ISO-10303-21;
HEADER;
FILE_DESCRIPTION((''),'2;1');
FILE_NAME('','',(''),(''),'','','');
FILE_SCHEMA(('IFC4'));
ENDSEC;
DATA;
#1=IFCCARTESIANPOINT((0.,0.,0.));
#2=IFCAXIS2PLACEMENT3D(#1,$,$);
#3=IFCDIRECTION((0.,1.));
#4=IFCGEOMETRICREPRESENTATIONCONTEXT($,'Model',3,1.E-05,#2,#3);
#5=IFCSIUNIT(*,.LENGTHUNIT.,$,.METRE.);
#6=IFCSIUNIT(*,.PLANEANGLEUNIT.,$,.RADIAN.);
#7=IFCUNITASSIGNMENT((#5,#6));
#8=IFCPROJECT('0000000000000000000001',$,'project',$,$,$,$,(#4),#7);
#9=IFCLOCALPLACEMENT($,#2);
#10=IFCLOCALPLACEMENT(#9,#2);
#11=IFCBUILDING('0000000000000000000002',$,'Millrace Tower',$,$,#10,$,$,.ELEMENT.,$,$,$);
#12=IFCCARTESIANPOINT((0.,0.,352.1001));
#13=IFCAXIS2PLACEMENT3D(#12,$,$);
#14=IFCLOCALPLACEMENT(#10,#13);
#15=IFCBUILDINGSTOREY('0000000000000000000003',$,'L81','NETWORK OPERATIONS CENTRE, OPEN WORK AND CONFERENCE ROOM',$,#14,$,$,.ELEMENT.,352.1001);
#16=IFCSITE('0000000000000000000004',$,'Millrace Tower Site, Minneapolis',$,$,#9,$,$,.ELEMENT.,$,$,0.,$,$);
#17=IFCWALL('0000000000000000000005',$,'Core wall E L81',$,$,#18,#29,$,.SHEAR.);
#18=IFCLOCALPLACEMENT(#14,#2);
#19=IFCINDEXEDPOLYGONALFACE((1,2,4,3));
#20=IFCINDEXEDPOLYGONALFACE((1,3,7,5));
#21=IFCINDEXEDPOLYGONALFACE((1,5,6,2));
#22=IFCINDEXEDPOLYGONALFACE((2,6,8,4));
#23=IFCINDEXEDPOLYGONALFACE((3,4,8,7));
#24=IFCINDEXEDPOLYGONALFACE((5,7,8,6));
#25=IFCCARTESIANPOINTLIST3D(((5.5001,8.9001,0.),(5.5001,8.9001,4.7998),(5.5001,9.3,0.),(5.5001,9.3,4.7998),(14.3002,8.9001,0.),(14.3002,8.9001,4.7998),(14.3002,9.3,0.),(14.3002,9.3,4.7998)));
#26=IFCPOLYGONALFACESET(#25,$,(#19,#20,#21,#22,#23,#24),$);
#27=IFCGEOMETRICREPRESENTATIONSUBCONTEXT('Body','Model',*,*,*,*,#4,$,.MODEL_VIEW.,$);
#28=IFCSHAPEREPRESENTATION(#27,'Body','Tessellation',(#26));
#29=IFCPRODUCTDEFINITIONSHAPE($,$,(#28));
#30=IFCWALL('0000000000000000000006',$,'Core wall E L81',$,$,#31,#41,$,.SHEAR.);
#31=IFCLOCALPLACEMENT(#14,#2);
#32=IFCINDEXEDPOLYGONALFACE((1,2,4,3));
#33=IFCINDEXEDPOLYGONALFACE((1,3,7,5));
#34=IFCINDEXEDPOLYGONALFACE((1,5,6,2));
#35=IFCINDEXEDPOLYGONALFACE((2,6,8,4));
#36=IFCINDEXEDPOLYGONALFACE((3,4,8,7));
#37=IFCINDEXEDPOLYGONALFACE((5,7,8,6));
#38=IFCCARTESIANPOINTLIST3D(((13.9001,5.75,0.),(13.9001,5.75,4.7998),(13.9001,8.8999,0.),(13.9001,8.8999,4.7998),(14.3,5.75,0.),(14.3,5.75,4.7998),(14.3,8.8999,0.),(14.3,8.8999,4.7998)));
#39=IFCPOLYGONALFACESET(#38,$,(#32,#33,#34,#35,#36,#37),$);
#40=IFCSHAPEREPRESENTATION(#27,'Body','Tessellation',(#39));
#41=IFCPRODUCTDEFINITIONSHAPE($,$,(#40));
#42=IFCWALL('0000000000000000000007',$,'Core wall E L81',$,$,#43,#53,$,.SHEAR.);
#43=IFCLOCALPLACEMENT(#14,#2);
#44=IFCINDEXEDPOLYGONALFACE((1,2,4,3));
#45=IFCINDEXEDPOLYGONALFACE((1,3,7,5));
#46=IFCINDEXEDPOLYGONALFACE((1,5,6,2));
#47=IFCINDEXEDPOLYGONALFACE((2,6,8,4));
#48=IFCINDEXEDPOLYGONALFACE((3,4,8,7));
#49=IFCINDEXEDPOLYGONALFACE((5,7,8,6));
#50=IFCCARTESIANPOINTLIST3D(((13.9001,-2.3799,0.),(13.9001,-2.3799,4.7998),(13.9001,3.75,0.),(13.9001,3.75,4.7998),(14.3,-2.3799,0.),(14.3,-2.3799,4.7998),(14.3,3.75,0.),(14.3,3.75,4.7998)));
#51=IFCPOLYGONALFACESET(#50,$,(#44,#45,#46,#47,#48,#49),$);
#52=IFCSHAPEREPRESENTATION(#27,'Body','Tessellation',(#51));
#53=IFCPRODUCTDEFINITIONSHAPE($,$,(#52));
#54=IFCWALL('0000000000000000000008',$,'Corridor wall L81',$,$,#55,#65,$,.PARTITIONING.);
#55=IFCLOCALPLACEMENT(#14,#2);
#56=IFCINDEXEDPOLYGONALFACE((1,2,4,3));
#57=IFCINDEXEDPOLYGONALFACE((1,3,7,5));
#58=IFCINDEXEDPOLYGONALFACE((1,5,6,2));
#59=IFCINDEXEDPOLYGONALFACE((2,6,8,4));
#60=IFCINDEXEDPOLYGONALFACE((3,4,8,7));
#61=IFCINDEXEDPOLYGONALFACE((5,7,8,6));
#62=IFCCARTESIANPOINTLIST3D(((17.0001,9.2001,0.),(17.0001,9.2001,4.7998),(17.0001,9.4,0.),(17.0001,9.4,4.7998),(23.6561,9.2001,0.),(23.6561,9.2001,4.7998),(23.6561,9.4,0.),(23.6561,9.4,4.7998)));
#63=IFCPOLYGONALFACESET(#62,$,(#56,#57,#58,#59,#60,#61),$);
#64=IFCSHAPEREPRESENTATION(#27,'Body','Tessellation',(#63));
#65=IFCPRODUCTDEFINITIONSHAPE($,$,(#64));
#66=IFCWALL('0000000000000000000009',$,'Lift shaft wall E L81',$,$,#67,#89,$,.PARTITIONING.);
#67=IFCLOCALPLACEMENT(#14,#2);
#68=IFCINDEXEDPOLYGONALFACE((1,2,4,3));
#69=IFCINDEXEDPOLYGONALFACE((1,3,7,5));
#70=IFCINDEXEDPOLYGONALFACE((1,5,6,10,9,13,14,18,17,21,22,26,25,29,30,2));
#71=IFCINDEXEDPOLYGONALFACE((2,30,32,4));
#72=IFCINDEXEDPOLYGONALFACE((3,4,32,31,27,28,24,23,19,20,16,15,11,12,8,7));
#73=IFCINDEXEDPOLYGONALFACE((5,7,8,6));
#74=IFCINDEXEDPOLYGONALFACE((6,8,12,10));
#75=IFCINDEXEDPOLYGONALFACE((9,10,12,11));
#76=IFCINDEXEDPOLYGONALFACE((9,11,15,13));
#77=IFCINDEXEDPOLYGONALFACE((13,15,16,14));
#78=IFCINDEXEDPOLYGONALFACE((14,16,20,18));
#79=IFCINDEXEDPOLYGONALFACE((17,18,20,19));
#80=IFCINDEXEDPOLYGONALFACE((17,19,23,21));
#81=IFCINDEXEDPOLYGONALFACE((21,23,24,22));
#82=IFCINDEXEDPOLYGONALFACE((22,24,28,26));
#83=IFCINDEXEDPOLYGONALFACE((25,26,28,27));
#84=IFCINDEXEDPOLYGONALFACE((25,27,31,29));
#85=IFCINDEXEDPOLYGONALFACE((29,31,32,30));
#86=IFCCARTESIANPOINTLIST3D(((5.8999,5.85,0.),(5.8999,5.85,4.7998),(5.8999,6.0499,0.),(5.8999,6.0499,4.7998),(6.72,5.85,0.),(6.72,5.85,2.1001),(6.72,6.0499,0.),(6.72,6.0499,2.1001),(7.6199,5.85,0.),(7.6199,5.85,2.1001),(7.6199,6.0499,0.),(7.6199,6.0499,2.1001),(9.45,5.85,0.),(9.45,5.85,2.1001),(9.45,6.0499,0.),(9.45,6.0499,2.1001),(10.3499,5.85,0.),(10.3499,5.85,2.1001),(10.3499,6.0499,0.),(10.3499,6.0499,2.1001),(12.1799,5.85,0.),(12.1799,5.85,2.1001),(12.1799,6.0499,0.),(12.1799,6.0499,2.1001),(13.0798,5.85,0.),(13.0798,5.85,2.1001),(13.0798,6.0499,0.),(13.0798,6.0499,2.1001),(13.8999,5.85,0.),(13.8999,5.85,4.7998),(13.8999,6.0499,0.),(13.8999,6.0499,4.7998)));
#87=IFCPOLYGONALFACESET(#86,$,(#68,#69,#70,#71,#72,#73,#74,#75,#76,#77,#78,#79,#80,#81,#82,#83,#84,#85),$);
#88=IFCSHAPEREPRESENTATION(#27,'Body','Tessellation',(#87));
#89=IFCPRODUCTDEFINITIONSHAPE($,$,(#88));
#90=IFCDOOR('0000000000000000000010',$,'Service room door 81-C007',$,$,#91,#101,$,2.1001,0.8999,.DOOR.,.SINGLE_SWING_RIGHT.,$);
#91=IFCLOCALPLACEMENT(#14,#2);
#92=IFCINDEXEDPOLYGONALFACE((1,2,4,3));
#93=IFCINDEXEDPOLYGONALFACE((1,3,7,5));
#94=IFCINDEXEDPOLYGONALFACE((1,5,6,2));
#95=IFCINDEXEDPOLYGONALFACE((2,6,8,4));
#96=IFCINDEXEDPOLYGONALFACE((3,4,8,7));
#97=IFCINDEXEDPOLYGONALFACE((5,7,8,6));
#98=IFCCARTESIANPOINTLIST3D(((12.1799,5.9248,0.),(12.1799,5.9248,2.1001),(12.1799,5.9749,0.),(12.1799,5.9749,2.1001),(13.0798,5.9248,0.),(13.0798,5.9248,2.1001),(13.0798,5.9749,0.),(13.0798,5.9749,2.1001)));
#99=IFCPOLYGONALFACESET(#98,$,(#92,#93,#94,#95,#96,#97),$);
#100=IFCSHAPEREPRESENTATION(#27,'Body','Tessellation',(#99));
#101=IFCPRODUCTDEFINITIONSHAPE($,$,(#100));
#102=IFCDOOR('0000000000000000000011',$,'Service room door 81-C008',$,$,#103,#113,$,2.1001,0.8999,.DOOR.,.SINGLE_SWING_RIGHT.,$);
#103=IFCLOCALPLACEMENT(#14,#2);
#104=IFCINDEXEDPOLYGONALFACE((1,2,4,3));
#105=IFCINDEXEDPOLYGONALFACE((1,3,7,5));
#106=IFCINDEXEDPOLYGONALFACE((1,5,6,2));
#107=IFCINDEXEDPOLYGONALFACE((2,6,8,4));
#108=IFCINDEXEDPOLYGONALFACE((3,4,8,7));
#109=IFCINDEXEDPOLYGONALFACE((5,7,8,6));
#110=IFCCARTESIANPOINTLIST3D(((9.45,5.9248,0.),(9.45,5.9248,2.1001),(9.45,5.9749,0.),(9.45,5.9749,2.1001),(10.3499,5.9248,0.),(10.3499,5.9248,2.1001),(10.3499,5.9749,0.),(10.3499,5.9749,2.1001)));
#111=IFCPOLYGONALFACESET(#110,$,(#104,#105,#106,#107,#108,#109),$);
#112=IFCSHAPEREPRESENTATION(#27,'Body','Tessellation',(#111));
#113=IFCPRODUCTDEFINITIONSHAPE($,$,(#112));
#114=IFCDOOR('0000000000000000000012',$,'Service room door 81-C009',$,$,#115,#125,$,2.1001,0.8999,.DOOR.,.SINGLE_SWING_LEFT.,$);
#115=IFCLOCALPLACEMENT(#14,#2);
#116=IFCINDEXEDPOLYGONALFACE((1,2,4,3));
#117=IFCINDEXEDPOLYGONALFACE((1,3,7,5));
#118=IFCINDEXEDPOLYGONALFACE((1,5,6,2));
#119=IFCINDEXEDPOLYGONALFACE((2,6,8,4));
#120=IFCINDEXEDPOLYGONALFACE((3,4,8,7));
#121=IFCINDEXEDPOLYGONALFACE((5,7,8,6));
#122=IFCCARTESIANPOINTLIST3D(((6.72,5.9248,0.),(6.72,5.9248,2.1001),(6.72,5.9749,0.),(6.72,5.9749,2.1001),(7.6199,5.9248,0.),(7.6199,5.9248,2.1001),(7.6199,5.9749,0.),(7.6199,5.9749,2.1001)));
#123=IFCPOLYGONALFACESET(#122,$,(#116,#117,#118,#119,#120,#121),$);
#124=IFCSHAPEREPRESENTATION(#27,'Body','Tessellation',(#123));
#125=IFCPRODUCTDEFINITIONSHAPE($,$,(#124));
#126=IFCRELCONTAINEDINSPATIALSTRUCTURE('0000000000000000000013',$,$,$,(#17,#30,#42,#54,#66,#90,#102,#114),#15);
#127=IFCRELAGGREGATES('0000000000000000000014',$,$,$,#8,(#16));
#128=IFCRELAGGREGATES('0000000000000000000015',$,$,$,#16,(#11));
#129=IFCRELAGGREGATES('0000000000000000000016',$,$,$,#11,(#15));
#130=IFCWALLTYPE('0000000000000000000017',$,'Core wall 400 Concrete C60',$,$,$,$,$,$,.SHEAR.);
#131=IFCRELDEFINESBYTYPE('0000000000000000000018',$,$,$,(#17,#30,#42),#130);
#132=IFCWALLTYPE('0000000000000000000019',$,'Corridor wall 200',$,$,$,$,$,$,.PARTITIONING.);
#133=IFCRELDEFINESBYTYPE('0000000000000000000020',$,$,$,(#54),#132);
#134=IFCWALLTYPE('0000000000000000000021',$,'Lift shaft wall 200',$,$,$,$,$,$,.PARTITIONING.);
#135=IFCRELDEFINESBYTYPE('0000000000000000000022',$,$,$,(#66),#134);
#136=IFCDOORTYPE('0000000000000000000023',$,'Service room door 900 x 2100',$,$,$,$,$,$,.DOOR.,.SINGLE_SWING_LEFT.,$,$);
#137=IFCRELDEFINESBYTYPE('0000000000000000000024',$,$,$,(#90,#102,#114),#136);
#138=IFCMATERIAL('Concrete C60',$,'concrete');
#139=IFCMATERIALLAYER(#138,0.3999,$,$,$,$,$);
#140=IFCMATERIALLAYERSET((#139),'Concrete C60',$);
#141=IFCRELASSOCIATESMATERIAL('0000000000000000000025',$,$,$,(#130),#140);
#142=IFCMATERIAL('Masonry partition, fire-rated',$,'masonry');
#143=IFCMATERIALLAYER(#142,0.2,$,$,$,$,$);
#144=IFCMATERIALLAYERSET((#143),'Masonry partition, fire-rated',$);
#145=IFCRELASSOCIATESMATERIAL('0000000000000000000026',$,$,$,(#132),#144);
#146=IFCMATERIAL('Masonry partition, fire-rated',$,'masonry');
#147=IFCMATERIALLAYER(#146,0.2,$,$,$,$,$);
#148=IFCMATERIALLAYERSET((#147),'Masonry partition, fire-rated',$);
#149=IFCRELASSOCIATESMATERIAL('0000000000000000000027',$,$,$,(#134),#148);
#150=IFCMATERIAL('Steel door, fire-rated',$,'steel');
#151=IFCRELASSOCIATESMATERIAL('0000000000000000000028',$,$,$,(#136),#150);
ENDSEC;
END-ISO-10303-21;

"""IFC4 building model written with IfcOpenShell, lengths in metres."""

from ifc_helpers import new_model, si_unit, direction, frame, frame_2d, origin, place, context, subcontext, project, spatial, rectangle, extrude, material, layer, layer_set, type_object, element, fill, save


model = new_model("IFC4")

# Units and contexts
model_context = context("Model", 3, precision=1e-05, world=origin(), true_north=direction((0.0, 1.0)))
body_context = subcontext(model_context, "Body", "Model", "MODEL_VIEW")
ifc_project = project(units=[si_unit("LENGTHUNIT", "METRE"), si_unit("PLANEANGLEUNIT", "RADIAN")], contexts=[model_context])

# Site, building, storey
site_placement = place(None, origin())
site = spatial("IfcSite", under=ifc_project, at=site_placement, Name="Millrace Tower Site, Minneapolis", CompositionType="ELEMENT", RefElevation=0.0)
building_placement = place(site_placement, origin())
building = spatial("IfcBuilding", under=site, at=building_placement, Name="Millrace Tower", CompositionType="ELEMENT")
storey_placement = place(building_placement, frame((0.0, 0.0, 352.1001)))
storey = spatial("IfcBuildingStorey", under=building, at=storey_placement, Name="L81", Description="NETWORK OPERATIONS CENTRE, OPEN WORK AND CONFERENCE ROOM", CompositionType="ELEMENT", Elevation=352.1001)

# Walls
ifc_material_1 = material(Name="Concrete C60", Category="concrete")
ifc_layer_1 = layer(ifc_material_1, 0.3999)
ifc_layer_set_1 = layer_set([ifc_layer_1], Name="Concrete C60")
wall_type_1 = type_object("IfcWallType", Name="Core wall 400 Concrete C60", PredefinedType="SHEAR", material=ifc_layer_set_1)
wall_1_placement = place(storey_placement, frame((14.3, 9.1001, 0.0), z_axis=(0.0, 0.0, 1.0), x_axis=(-1.0, 0.0, 0.0)))
element("IfcWall", 1, at=wall_1_placement, inside=storey, type_object=wall_type_1, Name="Core wall E L81", PredefinedType="SHEAR", context=body_context, shape_type="SweptSolid", body=[
    extrude(rectangle(XDim=8.8, YDim=0.3999, at=frame_2d((4.3999, 0.0))), origin(), (0.0, 0.0, 1.0), 4.7998),
])
wall_2_placement = place(storey_placement, frame((14.1001, 8.8999, 0.0), z_axis=(0.0, 0.0, 1.0), x_axis=(0.0, -1.0, 0.0)))
element("IfcWall", 2, at=wall_2_placement, inside=storey, type_object=wall_type_1, Name="Core wall E L81", PredefinedType="SHEAR", context=body_context, shape_type="SweptSolid", body=[
    extrude(rectangle(XDim=3.1499, YDim=0.3999, at=frame_2d((1.575, 0.0))), origin(), (0.0, 0.0, 1.0), 4.7998),
])
wall_3_placement = place(storey_placement, frame((14.1001, 3.75, 0.0), z_axis=(0.0, 0.0, 1.0), x_axis=(0.0, -1.0, 0.0)))
element("IfcWall", 3, at=wall_3_placement, inside=storey, type_object=wall_type_1, Name="Core wall E L81", PredefinedType="SHEAR", context=body_context, shape_type="SweptSolid", body=[
    extrude(rectangle(XDim=6.1299, YDim=0.3999, at=frame_2d((3.0649, 0.0))), origin(), (0.0, 0.0, 1.0), 4.7998),
])
ifc_material_2 = material(Name="Masonry partition, fire-rated", Category="masonry")
ifc_layer_2 = layer(ifc_material_2, 0.2)
ifc_layer_set_2 = layer_set([ifc_layer_2], Name="Masonry partition, fire-rated")
wall_type_2 = type_object("IfcWallType", Name="Corridor wall 200", PredefinedType="PARTITIONING", material=ifc_layer_set_2)
wall_4_placement = place(storey_placement, frame((17.0, 9.3, 0.0), z_axis=(0.0, 0.0, 1.0), x_axis=(1.0, 0.0, 0.0)))
element("IfcWall", 4, at=wall_4_placement, inside=storey, type_object=wall_type_2, Name="Corridor wall L81", PredefinedType="PARTITIONING", context=body_context, shape_type="SweptSolid", body=[
    extrude(rectangle(XDim=6.656, YDim=0.2, at=frame_2d((3.3281, 0.0))), origin(), (0.0, 0.0, 1.0), 4.7998),
])

# Wall, openings, doors
ifc_material_3 = material(Name="Masonry partition, fire-rated", Category="masonry")
ifc_layer_3 = layer(ifc_material_3, 0.2)
ifc_layer_set_3 = layer_set([ifc_layer_3], Name="Masonry partition, fire-rated")
wall_type_3 = type_object("IfcWallType", Name="Lift shaft wall 200", PredefinedType="PARTITIONING", material=ifc_layer_set_3)
wall_5_placement = place(storey_placement, frame((13.8999, 5.95, 0.0), z_axis=(0.0, 0.0, 1.0), x_axis=(-1.0, 0.0, 0.0)))
wall_5 = element("IfcWall", 5, at=wall_5_placement, inside=storey, type_object=wall_type_3, Name="Lift shaft wall E L81", PredefinedType="PARTITIONING", context=body_context, shape_type="SweptSolid", body=[
    extrude(rectangle(XDim=8.0, YDim=0.2, at=frame_2d((4.0, 0.0))), origin(), (0.0, 0.0, 1.0), 4.7998),
])
opening_1_placement = place(wall_5_placement, frame((0.8201, 0.0, 0.0)))
opening_1 = element("IfcOpeningElement", 6, at=opening_1_placement, cuts=wall_5, PredefinedType="OPENING", context=body_context, shape_type="SweptSolid", body=[
    extrude(rectangle(XDim=0.8999, YDim=2.1001, at=frame_2d((0.45, 1.05))), frame((0.0, 0.1099, 0.0), z_axis=(0.0, -1.0, 0.0), x_axis=(1.0, 0.0, 0.0)), (0.0, 0.0, 1.0), 0.22),
])
opening_2_placement = place(wall_5_placement, frame((3.55, 0.0, 0.0)))
opening_2 = element("IfcOpeningElement", 7, at=opening_2_placement, cuts=wall_5, PredefinedType="OPENING", context=body_context, shape_type="SweptSolid", body=[
    extrude(rectangle(XDim=0.8999, YDim=2.1001, at=frame_2d((0.45, 1.05))), frame((0.0, 0.1099, 0.0), z_axis=(0.0, -1.0, 0.0), x_axis=(1.0, 0.0, 0.0)), (0.0, 0.0, 1.0), 0.22),
])
opening_3_placement = place(wall_5_placement, frame((6.28, 0.0, 0.0)))
opening_3 = element("IfcOpeningElement", 8, at=opening_3_placement, cuts=wall_5, PredefinedType="OPENING", context=body_context, shape_type="SweptSolid", body=[
    extrude(rectangle(XDim=0.8999, YDim=2.1001, at=frame_2d((0.45, 1.05))), frame((0.0, 0.1099, 0.0), z_axis=(0.0, -1.0, 0.0), x_axis=(1.0, 0.0, 0.0)), (0.0, 0.0, 1.0), 0.22),
])
ifc_material_4 = material(Name="Steel door, fire-rated", Category="steel")
door_type_1 = type_object("IfcDoorType", Name="Service room door 900 x 2100", OperationType="SINGLE_SWING_LEFT", PredefinedType="DOOR", material=ifc_material_4)
door_1_placement = place(opening_1_placement, frame((0.8999, 0.0, 0.0), z_axis=(0.0, 0.0, 1.0), x_axis=(-1.0, 0.0, 0.0)))
door_1 = element("IfcDoor", 9, at=door_1_placement, inside=storey, type_object=door_type_1, Name="Service room door 81-C007", OperationType="SINGLE_SWING_RIGHT", OverallHeight=2.1001, OverallWidth=0.8999, PredefinedType="DOOR", context=body_context, shape_type="SweptSolid", body=[
    extrude(rectangle(XDim=0.8999, YDim=2.1001, at=frame_2d((0.45, 1.05))), frame((0.0, 0.0249, 0.0), z_axis=(0.0, -1.0, 0.0), x_axis=(1.0, 0.0, 0.0)), (0.0, 0.0, 1.0), 0.05),
])
fill(opening_1, door_1)
door_2_placement = place(opening_2_placement, frame((0.8999, 0.0, 0.0), z_axis=(0.0, 0.0, 1.0), x_axis=(-1.0, 0.0, 0.0)))
door_2 = element("IfcDoor", 10, at=door_2_placement, inside=storey, type_object=door_type_1, Name="Service room door 81-C008", OperationType="SINGLE_SWING_RIGHT", OverallHeight=2.1001, OverallWidth=0.8999, PredefinedType="DOOR", context=body_context, shape_type="SweptSolid", body=[
    extrude(rectangle(XDim=0.8999, YDim=2.1001, at=frame_2d((0.45, 1.05))), frame((0.0, 0.0249, 0.0), z_axis=(0.0, -1.0, 0.0), x_axis=(1.0, 0.0, 0.0)), (0.0, 0.0, 1.0), 0.05),
])
fill(opening_2, door_2)
door_3_placement = place(opening_3_placement, frame((0.8999, 0.0, 0.0), z_axis=(0.0, 0.0, 1.0), x_axis=(-1.0, 0.0, 0.0)))
door_3 = element("IfcDoor", 11, at=door_3_placement, inside=storey, type_object=door_type_1, Name="Service room door 81-C009", OperationType="SINGLE_SWING_LEFT", OverallHeight=2.1001, OverallWidth=0.8999, PredefinedType="DOOR", context=body_context, shape_type="SweptSolid", body=[
    extrude(rectangle(XDim=0.8999, YDim=2.1001, at=frame_2d((0.45, 1.05))), frame((0.0, 0.0249, 0.0), z_axis=(0.0, -1.0, 0.0), x_axis=(1.0, 0.0, 0.0)), (0.0, 0.0, 1.0), 0.05),
])
fill(opening_3, door_3)

save(model, "model.ifc")
